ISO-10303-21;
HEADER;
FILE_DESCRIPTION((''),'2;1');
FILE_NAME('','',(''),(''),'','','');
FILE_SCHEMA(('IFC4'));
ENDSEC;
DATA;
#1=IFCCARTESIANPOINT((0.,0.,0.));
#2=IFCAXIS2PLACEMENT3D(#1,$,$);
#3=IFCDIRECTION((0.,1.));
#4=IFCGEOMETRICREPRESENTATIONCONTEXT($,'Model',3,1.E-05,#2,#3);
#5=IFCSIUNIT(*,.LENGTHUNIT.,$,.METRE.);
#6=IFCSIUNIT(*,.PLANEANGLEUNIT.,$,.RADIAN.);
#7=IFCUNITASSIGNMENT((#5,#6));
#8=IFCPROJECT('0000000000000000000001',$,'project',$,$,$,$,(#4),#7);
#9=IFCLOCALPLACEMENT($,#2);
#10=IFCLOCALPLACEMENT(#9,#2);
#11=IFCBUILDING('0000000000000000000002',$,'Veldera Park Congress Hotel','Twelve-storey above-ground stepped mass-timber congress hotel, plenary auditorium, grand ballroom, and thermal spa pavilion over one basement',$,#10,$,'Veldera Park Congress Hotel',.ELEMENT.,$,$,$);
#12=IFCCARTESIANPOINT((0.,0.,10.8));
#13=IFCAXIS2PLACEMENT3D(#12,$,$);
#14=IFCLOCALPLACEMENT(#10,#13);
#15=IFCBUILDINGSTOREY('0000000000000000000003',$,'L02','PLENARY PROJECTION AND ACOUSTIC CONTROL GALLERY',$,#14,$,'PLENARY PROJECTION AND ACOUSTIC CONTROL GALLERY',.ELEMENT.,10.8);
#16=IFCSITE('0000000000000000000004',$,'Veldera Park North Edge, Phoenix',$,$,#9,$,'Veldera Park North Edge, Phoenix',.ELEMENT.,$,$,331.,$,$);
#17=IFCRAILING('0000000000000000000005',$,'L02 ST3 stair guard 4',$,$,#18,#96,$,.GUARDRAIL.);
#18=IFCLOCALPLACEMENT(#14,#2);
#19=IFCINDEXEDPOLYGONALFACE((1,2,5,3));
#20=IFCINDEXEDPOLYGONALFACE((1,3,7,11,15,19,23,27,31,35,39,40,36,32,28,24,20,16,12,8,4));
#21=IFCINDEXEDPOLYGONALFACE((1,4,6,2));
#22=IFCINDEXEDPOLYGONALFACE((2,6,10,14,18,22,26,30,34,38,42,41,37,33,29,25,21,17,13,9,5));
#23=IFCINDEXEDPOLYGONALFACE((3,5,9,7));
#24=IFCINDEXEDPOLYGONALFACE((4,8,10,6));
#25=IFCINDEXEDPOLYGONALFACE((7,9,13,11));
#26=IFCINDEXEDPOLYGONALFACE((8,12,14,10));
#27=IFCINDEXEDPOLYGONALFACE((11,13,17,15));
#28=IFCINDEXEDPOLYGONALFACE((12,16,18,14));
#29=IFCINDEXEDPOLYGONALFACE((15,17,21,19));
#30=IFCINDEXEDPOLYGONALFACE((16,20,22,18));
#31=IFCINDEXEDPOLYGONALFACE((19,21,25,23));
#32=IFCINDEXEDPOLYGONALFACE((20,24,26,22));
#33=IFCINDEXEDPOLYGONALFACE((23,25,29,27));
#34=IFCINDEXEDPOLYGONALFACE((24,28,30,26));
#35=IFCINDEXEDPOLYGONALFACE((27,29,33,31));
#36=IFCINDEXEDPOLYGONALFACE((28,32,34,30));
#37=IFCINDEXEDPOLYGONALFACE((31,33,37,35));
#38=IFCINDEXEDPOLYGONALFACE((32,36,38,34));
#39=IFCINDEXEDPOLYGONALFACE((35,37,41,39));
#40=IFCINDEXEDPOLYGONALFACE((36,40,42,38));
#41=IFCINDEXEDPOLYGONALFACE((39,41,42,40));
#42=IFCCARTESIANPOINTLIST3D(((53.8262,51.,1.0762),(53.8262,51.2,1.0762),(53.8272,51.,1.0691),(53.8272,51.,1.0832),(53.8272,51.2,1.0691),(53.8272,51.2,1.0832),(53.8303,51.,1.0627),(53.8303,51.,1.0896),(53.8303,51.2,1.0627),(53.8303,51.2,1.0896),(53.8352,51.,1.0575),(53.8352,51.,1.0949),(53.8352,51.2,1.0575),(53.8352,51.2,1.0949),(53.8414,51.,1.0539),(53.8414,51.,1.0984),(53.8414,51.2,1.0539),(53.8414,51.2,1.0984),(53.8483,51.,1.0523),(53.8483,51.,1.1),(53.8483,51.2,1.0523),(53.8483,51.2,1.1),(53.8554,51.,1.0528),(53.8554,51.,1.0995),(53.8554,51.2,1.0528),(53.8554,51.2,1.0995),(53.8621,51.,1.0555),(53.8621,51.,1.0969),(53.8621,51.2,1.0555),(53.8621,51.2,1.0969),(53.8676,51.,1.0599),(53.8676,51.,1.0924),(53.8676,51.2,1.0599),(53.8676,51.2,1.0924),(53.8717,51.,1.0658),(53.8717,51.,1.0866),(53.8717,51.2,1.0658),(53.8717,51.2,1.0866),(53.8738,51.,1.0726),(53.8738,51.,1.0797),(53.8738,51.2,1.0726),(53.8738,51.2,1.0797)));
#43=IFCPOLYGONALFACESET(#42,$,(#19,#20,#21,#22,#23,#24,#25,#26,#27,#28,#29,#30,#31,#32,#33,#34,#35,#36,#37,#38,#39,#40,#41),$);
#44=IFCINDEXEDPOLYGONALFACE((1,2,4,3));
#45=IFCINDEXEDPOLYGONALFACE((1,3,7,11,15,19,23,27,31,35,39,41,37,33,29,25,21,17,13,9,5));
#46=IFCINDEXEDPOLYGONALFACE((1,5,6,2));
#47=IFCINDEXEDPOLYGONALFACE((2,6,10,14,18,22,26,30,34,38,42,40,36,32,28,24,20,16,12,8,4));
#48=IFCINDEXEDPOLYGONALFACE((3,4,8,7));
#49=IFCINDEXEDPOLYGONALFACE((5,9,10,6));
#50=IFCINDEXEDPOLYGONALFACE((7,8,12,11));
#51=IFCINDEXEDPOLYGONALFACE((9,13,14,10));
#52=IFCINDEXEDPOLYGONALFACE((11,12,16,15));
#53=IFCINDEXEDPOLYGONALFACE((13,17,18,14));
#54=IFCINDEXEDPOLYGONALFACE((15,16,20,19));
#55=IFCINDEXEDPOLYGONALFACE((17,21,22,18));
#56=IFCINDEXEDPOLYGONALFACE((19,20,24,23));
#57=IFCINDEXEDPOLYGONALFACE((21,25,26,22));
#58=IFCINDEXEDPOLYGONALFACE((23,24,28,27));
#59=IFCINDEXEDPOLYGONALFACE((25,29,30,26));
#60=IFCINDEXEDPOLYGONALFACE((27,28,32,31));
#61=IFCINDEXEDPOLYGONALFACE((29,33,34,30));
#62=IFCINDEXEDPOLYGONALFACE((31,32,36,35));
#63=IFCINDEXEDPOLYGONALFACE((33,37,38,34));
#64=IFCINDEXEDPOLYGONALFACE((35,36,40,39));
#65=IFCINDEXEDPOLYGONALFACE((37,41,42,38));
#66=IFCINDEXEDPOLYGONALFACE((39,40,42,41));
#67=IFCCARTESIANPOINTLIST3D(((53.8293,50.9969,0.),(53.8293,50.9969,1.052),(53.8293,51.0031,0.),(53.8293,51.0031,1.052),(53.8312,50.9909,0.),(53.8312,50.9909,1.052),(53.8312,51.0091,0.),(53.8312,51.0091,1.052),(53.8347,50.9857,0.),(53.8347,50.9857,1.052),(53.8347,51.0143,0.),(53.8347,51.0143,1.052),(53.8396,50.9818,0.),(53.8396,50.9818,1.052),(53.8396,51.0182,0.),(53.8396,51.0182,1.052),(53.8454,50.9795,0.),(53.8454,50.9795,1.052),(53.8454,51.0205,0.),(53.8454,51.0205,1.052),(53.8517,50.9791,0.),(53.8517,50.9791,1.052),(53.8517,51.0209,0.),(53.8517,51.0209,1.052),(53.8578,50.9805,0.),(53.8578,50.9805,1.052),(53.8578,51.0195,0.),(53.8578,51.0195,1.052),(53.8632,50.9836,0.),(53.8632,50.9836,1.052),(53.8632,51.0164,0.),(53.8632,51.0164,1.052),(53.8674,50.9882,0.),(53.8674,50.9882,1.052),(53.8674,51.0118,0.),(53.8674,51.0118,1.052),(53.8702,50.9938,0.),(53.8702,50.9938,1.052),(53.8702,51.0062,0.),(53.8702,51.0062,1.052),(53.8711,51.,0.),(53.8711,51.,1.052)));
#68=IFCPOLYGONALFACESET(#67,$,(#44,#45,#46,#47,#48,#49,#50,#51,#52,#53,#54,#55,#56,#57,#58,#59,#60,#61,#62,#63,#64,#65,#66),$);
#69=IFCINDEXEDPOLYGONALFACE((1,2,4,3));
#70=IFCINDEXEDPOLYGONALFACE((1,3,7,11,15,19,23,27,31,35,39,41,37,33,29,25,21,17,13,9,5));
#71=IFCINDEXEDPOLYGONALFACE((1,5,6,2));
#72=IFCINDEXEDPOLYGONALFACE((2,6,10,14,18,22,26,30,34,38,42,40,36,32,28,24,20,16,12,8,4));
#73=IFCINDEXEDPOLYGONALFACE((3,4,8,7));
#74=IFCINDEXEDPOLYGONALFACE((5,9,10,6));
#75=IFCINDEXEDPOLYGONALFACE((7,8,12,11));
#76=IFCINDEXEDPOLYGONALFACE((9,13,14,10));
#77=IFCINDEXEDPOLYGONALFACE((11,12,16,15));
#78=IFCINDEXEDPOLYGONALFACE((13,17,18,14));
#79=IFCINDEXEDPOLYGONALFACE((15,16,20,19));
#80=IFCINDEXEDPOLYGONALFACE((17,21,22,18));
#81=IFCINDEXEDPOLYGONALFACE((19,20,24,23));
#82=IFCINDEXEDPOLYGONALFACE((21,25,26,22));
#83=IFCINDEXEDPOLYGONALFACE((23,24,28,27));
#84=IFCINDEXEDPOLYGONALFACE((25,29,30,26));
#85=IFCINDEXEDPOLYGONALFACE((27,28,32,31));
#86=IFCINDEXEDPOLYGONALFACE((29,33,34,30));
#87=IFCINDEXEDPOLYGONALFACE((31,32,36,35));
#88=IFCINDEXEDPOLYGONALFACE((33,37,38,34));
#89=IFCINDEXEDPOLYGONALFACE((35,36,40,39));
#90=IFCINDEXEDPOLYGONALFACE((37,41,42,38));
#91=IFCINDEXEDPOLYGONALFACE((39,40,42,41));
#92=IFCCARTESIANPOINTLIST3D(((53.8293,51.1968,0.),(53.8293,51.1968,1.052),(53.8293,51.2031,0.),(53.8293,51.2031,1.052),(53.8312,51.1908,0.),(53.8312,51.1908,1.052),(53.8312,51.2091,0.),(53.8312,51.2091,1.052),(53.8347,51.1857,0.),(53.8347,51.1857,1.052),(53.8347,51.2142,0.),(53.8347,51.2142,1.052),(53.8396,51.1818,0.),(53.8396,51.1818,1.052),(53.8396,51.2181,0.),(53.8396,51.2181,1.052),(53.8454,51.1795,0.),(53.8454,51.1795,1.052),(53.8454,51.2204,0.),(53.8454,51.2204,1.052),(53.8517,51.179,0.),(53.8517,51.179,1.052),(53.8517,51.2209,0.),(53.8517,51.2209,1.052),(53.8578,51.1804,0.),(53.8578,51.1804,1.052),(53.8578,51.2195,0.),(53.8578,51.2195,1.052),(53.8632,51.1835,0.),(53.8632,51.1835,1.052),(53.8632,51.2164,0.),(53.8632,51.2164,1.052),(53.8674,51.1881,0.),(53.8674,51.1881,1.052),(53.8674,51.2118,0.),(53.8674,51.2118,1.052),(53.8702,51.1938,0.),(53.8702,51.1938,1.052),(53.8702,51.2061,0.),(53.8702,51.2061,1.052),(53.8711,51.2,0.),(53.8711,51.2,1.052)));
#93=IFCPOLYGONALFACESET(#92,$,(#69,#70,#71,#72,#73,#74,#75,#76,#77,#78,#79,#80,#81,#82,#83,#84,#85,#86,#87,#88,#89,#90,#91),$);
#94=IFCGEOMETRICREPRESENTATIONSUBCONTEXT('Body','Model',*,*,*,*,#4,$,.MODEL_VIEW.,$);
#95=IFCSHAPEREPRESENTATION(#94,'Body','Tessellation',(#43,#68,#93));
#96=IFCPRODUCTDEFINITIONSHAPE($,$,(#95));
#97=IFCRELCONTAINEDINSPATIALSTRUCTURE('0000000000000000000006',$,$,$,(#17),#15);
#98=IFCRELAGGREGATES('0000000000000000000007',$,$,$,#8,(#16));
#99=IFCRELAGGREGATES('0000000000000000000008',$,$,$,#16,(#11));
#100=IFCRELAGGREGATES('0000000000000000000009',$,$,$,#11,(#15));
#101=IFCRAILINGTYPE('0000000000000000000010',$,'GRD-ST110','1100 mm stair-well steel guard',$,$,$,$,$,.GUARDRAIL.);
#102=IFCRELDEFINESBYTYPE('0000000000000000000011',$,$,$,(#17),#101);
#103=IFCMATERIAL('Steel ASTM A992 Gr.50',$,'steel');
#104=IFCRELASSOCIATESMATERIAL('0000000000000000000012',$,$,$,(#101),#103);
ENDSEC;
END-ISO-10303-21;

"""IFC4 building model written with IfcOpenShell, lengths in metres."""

from ifc_helpers import new_model, si_unit, direction, frame, origin, origin_2d, place, context, subcontext, project, spatial, circle, extrude, material, type_object, element, save


model = new_model("IFC4")

# Units and contexts
model_context = context("Model", 3, precision=1e-05, world=origin(), true_north=direction((0.0, 1.0)))
body_context = subcontext(model_context, "Body", "Model", "MODEL_VIEW")
ifc_project = project(units=[si_unit("LENGTHUNIT", "METRE"), si_unit("PLANEANGLEUNIT", "RADIAN")], contexts=[model_context])

# Site, building, storey
site_placement = place(None, origin())
site = spatial("IfcSite", under=ifc_project, at=site_placement, Name="Veldera Park North Edge, Phoenix", LongName="Veldera Park North Edge, Phoenix", CompositionType="ELEMENT", RefElevation=331.0)
building_placement = place(site_placement, origin())
building = spatial("IfcBuilding", under=site, at=building_placement, Name="Veldera Park Congress Hotel", Description="Twelve-storey above-ground stepped mass-timber congress hotel, plenary auditorium, grand ballroom, and thermal spa pavilion over one basement", LongName="Veldera Park Congress Hotel", CompositionType="ELEMENT")
storey_placement = place(building_placement, frame((0.0, 0.0, 10.8)))
storey = spatial("IfcBuildingStorey", under=building, at=storey_placement, Name="L02", Description="PLENARY PROJECTION AND ACOUSTIC CONTROL GALLERY", LongName="PLENARY PROJECTION AND ACOUSTIC CONTROL GALLERY", CompositionType="ELEMENT", Elevation=10.8)

# Shared definitions
ifc_material_1 = material(Name="Steel ASTM A992 Gr.50", Category="steel")

# Railing
railing_type_1 = type_object("IfcRailingType", Name="GRD-ST110", Description="1100 mm stair-well steel guard", PredefinedType="GUARDRAIL", material=ifc_material_1)
railing_1_placement = place(storey_placement, frame((53.8501, 51.0, 0.0)))
element("IfcRailing", 1, at=railing_1_placement, inside=storey, type_object=railing_type_1, Name="L02 ST3 stair guard 4", PredefinedType="GUARDRAIL", context=body_context, shape_type="SweptSolid", body=[
    extrude(circle(Radius=0.0239, at=origin_2d()), frame((0.0, 0.0, 1.0762), z_axis=(0.0, 1.0, 0.0), x_axis=(-1.0, 0.0, 0.0)), (0.0, 0.0, 1.0), 0.2),
    extrude(circle(Radius=0.021, at=origin_2d()), origin(), (0.0, 0.0, 1.0), 1.052),
    extrude(circle(Radius=0.021, at=origin_2d()), frame((0.0, 0.2, 0.0)), (0.0, 0.0, 1.0), 1.052),
])

save(model, "model.ifc")
